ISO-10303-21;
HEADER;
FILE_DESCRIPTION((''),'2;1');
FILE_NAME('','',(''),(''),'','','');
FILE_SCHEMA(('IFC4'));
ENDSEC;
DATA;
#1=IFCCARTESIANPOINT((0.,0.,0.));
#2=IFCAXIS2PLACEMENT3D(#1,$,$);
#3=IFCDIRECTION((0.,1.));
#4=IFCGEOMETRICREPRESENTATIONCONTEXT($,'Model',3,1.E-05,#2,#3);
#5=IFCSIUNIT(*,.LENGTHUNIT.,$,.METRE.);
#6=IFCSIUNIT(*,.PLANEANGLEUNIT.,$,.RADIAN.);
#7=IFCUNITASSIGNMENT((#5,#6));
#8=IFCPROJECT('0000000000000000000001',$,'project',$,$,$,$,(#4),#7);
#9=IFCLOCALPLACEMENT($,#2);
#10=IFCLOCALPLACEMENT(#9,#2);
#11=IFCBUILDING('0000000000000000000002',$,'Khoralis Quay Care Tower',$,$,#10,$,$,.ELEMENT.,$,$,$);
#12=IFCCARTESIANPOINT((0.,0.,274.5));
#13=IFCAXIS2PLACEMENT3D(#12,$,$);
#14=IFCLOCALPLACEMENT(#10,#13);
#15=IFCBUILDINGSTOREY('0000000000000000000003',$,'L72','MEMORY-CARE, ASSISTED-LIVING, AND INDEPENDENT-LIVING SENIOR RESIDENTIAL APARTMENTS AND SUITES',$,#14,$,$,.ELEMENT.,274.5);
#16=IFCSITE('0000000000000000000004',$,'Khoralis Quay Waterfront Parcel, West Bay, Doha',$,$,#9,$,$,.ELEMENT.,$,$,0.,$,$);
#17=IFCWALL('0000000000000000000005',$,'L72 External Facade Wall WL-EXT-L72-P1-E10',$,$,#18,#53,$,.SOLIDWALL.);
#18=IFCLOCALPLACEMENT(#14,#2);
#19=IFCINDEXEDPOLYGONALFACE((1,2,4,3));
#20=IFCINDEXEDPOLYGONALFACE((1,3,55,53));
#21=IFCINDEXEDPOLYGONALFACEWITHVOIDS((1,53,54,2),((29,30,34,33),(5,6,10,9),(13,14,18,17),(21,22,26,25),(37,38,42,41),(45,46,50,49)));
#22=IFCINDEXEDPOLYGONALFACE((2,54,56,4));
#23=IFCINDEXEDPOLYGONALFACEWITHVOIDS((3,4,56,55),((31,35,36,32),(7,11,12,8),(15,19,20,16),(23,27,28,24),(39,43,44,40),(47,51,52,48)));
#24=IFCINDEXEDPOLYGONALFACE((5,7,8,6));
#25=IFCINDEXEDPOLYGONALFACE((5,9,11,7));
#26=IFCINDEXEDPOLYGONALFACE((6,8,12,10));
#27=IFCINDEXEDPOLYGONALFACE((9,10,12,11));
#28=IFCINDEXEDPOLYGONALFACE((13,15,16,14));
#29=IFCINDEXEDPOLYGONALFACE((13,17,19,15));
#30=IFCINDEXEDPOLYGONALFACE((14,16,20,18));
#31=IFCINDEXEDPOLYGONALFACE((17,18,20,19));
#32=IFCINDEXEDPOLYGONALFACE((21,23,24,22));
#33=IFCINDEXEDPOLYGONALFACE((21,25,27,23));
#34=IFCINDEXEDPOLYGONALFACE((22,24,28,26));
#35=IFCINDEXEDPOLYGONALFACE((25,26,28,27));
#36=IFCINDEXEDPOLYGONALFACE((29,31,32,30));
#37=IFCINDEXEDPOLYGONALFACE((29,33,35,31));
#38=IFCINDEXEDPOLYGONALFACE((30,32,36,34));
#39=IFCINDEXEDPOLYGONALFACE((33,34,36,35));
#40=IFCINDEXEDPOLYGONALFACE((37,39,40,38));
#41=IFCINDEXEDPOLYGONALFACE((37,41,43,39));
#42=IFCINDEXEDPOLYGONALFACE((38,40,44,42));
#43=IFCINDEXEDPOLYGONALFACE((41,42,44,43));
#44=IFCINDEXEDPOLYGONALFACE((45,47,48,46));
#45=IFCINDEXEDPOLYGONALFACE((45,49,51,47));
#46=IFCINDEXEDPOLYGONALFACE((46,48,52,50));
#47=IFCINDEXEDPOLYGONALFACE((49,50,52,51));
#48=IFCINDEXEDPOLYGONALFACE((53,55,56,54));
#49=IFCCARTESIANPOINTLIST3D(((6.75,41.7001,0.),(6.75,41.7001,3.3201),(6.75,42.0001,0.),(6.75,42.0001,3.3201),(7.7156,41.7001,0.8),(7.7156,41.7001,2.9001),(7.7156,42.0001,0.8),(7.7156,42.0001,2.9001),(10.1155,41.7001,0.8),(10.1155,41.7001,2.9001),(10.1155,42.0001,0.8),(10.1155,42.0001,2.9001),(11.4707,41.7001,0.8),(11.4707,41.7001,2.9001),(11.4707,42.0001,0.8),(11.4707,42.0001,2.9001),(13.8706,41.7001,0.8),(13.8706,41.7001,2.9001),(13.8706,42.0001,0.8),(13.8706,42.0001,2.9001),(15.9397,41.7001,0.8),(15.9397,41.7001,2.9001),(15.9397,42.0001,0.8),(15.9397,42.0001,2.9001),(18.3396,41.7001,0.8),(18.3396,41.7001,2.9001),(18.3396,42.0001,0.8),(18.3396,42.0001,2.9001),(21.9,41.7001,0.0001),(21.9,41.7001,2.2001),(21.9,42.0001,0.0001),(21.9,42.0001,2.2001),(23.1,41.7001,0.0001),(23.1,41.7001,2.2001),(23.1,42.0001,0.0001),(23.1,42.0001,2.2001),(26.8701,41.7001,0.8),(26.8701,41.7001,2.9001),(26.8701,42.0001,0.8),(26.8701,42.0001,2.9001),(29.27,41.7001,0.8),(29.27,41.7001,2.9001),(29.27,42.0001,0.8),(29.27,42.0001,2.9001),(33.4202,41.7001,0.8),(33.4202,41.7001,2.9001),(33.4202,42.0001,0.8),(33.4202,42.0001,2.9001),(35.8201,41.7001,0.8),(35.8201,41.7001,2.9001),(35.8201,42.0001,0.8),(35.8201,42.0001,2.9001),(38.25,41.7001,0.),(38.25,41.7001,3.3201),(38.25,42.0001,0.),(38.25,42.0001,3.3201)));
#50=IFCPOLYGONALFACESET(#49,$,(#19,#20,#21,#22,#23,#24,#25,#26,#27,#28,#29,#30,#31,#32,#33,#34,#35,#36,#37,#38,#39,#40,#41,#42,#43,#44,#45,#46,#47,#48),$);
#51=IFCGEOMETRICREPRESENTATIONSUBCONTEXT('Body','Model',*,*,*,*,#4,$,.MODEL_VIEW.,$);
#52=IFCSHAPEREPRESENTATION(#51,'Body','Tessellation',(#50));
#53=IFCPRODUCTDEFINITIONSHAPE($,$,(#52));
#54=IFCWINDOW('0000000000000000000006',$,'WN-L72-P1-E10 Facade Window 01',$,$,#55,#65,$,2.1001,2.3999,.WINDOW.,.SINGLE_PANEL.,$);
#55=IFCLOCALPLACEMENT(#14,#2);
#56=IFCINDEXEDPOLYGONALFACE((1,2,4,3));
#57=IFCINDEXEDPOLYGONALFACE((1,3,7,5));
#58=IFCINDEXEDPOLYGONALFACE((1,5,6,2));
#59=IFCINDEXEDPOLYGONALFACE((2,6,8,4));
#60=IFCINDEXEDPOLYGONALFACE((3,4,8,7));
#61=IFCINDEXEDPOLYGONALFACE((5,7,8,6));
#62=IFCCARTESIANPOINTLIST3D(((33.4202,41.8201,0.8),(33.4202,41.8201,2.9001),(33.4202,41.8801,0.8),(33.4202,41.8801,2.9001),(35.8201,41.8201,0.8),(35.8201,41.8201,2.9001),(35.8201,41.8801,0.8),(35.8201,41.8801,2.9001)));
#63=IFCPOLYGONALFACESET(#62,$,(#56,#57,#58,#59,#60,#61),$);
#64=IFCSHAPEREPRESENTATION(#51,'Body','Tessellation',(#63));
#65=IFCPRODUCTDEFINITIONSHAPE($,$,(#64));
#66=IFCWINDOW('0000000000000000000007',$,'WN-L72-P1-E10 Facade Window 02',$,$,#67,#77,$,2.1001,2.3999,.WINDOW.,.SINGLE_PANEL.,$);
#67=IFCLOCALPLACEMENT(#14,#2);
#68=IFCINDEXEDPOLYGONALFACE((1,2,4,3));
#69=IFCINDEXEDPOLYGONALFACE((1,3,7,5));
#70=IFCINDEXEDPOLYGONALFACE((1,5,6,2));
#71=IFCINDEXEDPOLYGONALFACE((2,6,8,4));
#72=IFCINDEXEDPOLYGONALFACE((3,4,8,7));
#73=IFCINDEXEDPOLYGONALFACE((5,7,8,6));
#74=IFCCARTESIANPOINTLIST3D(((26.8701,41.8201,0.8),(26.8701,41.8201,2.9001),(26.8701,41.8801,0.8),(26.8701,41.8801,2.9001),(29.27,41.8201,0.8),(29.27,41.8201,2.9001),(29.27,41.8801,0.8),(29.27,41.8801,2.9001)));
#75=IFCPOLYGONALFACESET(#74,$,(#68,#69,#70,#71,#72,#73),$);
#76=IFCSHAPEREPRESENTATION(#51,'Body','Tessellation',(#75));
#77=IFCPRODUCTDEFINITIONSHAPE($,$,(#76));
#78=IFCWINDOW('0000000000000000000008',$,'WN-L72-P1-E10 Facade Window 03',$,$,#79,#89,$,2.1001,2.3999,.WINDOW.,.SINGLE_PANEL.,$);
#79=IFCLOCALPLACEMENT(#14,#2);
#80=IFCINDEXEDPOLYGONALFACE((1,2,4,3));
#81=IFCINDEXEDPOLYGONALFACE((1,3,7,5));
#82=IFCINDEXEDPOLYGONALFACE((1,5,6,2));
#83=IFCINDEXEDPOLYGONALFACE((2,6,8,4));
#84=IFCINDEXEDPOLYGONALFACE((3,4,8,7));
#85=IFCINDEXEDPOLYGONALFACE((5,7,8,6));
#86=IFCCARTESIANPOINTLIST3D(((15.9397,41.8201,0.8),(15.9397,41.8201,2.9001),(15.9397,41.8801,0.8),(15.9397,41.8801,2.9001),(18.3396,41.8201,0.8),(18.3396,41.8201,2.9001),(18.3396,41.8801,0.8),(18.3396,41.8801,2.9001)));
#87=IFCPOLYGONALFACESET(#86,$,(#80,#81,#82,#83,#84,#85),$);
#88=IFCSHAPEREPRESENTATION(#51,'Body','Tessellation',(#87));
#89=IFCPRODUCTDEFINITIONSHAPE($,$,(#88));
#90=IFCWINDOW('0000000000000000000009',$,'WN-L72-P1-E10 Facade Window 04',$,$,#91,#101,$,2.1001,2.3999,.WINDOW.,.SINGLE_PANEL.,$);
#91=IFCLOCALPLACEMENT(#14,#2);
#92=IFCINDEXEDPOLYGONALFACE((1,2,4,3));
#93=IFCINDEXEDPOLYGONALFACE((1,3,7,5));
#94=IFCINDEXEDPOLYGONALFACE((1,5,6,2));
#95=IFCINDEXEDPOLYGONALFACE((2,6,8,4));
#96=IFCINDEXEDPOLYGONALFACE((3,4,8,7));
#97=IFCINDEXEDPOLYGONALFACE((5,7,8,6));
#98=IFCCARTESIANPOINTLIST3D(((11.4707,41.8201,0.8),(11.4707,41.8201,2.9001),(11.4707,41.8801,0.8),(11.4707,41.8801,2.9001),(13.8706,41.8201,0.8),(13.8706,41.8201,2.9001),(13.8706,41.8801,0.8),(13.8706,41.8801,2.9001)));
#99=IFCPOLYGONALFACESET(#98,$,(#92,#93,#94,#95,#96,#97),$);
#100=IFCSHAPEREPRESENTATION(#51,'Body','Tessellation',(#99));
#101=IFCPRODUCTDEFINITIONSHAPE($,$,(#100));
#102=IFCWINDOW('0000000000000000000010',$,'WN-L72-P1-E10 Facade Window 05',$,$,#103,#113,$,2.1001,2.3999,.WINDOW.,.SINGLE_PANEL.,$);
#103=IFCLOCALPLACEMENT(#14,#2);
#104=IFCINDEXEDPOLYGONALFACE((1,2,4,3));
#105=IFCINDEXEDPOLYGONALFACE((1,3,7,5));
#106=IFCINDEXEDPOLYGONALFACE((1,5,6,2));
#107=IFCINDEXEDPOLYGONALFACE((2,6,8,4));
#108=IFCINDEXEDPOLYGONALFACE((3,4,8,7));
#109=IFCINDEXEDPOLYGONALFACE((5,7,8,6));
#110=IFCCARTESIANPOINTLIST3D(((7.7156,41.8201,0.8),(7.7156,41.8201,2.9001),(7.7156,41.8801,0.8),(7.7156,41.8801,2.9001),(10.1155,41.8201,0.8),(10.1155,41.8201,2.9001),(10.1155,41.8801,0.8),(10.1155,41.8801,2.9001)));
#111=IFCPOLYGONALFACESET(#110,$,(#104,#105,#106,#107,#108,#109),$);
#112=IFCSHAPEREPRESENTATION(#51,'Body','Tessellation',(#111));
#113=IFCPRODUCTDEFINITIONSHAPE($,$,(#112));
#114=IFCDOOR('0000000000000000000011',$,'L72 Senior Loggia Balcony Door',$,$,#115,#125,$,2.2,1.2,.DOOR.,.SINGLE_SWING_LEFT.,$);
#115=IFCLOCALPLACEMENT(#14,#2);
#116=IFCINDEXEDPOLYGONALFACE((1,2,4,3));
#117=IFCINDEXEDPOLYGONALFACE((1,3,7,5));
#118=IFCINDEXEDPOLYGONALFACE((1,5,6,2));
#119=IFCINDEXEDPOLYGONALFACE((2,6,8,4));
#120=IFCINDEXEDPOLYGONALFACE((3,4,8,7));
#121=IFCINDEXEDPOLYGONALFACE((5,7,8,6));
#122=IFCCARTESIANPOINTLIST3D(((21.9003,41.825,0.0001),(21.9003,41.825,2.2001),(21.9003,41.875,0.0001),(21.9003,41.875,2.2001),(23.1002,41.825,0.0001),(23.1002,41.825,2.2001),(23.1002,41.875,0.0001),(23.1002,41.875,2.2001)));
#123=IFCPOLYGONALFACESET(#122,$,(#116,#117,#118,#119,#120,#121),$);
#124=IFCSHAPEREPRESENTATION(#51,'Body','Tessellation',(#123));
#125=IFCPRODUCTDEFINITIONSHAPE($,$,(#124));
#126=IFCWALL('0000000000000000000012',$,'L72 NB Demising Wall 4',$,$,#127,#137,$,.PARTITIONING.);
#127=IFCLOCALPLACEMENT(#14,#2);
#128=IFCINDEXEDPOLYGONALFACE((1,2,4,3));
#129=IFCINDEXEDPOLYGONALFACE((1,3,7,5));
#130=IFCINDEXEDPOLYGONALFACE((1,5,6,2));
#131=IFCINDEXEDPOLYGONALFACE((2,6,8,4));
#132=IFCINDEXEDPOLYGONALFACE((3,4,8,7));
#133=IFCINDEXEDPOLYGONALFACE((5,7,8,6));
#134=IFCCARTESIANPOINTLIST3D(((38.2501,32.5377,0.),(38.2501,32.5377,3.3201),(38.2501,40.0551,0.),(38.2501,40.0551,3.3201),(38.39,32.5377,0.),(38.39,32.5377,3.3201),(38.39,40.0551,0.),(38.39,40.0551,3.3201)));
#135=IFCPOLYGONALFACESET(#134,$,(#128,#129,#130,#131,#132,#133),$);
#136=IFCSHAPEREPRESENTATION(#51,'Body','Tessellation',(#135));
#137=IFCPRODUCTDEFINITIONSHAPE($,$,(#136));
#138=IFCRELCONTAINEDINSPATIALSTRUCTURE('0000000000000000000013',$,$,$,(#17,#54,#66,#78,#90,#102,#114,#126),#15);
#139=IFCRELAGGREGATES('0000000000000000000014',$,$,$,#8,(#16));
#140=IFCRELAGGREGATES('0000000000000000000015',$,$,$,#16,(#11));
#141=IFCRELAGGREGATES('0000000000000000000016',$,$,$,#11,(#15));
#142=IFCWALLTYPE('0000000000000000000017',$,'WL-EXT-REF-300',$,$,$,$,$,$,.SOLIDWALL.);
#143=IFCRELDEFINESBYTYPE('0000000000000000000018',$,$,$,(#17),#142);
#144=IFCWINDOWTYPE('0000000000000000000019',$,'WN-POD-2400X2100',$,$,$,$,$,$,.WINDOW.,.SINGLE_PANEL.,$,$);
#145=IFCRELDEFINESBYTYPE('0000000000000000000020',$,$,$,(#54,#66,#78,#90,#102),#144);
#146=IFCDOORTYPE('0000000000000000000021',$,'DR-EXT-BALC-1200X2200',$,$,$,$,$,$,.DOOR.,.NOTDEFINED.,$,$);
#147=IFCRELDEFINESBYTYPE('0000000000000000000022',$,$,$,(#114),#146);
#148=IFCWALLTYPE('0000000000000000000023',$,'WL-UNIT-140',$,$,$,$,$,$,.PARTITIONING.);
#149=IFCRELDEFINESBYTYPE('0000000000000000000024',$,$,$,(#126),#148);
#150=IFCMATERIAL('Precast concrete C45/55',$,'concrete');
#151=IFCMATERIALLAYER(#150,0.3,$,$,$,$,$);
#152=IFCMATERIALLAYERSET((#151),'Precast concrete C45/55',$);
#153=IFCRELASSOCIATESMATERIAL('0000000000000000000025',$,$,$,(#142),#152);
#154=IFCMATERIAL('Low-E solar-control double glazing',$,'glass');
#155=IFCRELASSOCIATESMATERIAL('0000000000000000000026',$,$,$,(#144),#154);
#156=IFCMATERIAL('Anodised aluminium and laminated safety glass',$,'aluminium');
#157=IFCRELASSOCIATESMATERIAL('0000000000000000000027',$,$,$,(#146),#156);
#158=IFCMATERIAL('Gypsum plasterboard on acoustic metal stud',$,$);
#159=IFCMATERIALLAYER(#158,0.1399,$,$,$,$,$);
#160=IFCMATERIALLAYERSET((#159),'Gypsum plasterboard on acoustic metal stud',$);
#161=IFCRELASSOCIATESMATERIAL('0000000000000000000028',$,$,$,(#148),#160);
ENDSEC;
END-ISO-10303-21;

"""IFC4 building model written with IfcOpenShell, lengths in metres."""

from ifc_helpers import new_model, si_unit, direction, frame, frame_2d, origin, place, context, subcontext, project, spatial, rectangle, extrude, source, transform, mapped, material, layer, layer_set, type_object, element, fill, save


model = new_model("IFC4")

# Units and contexts
model_context = context("Model", 3, precision=1e-05, world=origin(), true_north=direction((0.0, 1.0)))
body_context = subcontext(model_context, "Body", "Model", "MODEL_VIEW")
ifc_project = project(units=[si_unit("LENGTHUNIT", "METRE"), si_unit("PLANEANGLEUNIT", "RADIAN")], contexts=[model_context])

# Site, building, storey
site_placement = place(None, origin())
site = spatial("IfcSite", under=ifc_project, at=site_placement, Name="Khoralis Quay Waterfront Parcel, West Bay, Doha", CompositionType="ELEMENT", RefElevation=0.0)
building_placement = place(site_placement, origin())
building = spatial("IfcBuilding", under=site, at=building_placement, Name="Khoralis Quay Care Tower", CompositionType="ELEMENT")
storey_placement = place(building_placement, frame((0.0, 0.0, 274.5)))
storey = spatial("IfcBuildingStorey", under=building, at=storey_placement, Name="L72", Description="MEMORY-CARE, ASSISTED-LIVING, AND INDEPENDENT-LIVING SENIOR RESIDENTIAL APARTMENTS AND SUITES", CompositionType="ELEMENT", Elevation=274.5)

# Shared definitions
ifc_material_1 = material(Name="Low-E solar-control double glazing", Category="glass")

# Shared definitions
ifc_material_2 = material(Name="Gypsum plasterboard on acoustic metal stud")

# Shared definitions
ifc_material_3 = material(Name="Precast concrete C45/55", Category="concrete")
ifc_layer_1 = layer(ifc_material_3, 0.3)
ifc_layer_set_1 = layer_set([ifc_layer_1], Name="Precast concrete C45/55")
wall_type_1 = type_object("IfcWallType", Name="WL-EXT-REF-300", PredefinedType="SOLIDWALL", material=ifc_layer_set_1)
window_type = type_object("IfcWindowType", Name="WN-POD-2400X2100", PartitioningType="SINGLE_PANEL", PredefinedType="WINDOW", material=ifc_material_1)
shared_shape_1 = source(origin(), body_context, "Body", "SweptSolid", [
    extrude(rectangle(XDim=2.3999, YDim=2.1001, at=frame_2d((1.2, 1.05))), frame((0.0, 0.03, 0.0), z_axis=(0.0, -1.0, 0.0), x_axis=(1.0, 0.0, 0.0)), (0.0, 0.0, 1.0), 0.0601),
])

# Wall, openings, windows, door
wall_1_placement = place(storey_placement, frame((38.25, 41.8501, 0.0), z_axis=(0.0, 0.0, 1.0), x_axis=(-1.0, 0.0, 0.0)))
wall_1 = element("IfcWall", 1, at=wall_1_placement, inside=storey, type_object=wall_type_1, Name="L72 External Facade Wall WL-EXT-L72-P1-E10", PredefinedType="SOLIDWALL", context=body_context, shape_type="SweptSolid", body=[
    extrude(rectangle(XDim=31.5, YDim=0.3, at=frame_2d((15.75, 0.0))), origin(), (0.0, 0.0, 1.0), 3.3201),
])
opening_1_placement = place(wall_1_placement, frame((2.4299, 0.0, 0.8)))
opening_1 = element("IfcOpeningElement", 2, at=opening_1_placement, cuts=wall_1, PredefinedType="OPENING", context=body_context, shape_type="SweptSolid", body=[
    extrude(rectangle(XDim=2.3999, YDim=2.1001, at=frame_2d((1.2, 1.05))), frame((0.0, 0.1602, 0.0), z_axis=(0.0, -1.0, 0.0), x_axis=(1.0, 0.0, 0.0)), (0.0, 0.0, 1.0), 0.3201),
])
opening_2_placement = place(wall_1_placement, frame((8.98, 0.0, 0.8)))
opening_2 = element("IfcOpeningElement", 3, at=opening_2_placement, cuts=wall_1, PredefinedType="OPENING", context=body_context, shape_type="SweptSolid", body=[
    extrude(rectangle(XDim=2.3999, YDim=2.1001, at=frame_2d((1.2, 1.05))), frame((0.0, 0.1602, 0.0), z_axis=(0.0, -1.0, 0.0), x_axis=(1.0, 0.0, 0.0)), (0.0, 0.0, 1.0), 0.3201),
])
opening_3_placement = place(wall_1_placement, frame((19.9104, 0.0, 0.8)))
opening_3 = element("IfcOpeningElement", 4, at=opening_3_placement, cuts=wall_1, PredefinedType="OPENING", context=body_context, shape_type="SweptSolid", body=[
    extrude(rectangle(XDim=2.3999, YDim=2.1001, at=frame_2d((1.2, 1.05))), frame((0.0, 0.1602, 0.0), z_axis=(0.0, -1.0, 0.0), x_axis=(1.0, 0.0, 0.0)), (0.0, 0.0, 1.0), 0.3201),
])
opening_4_placement = place(wall_1_placement, frame((24.3794, 0.0, 0.8)))
opening_4 = element("IfcOpeningElement", 5, at=opening_4_placement, cuts=wall_1, PredefinedType="OPENING", context=body_context, shape_type="SweptSolid", body=[
    extrude(rectangle(XDim=2.3999, YDim=2.1001, at=frame_2d((1.2, 1.05))), frame((0.0, 0.1602, 0.0), z_axis=(0.0, -1.0, 0.0), x_axis=(1.0, 0.0, 0.0)), (0.0, 0.0, 1.0), 0.3201),
])
opening_5_placement = place(wall_1_placement, frame((28.1345, 0.0, 0.8)))
opening_5 = element("IfcOpeningElement", 6, at=opening_5_placement, cuts=wall_1, PredefinedType="OPENING", context=body_context, shape_type="SweptSolid", body=[
    extrude(rectangle(XDim=2.3999, YDim=2.1001, at=frame_2d((1.2, 1.05))), frame((0.0, 0.1602, 0.0), z_axis=(0.0, -1.0, 0.0), x_axis=(1.0, 0.0, 0.0)), (0.0, 0.0, 1.0), 0.3201),
])
opening_6_placement = place(wall_1_placement, frame((15.1499, 0.0, 0.0)))
opening_6 = element("IfcOpeningElement", 7, at=opening_6_placement, cuts=wall_1, PredefinedType="OPENING", context=body_context, shape_type="SweptSolid", body=[
    extrude(rectangle(XDim=1.2, YDim=2.2, at=frame_2d((0.6001, 1.1001))), frame((0.0, 0.1602, 0.0), z_axis=(0.0, -1.0, 0.0), x_axis=(1.0, 0.0, 0.0)), (0.0, 0.0, 1.0), 0.3201),
])
window_1_placement = place(opening_1_placement, origin())
window_1 = element("IfcWindow", 8, at=window_1_placement, inside=storey, type_object=window_type, Name="WN-L72-P1-E10 Facade Window 01", OverallHeight=2.1001, OverallWidth=2.3999, PartitioningType="SINGLE_PANEL", PredefinedType="WINDOW", context=body_context, shape_type="MappedRepresentation", body=[
    mapped(shared_shape_1, transform((0.0, 0.0, 0.0), scale=1.0)),
])
fill(opening_1, window_1)
window_2_placement = place(opening_2_placement, origin())
window_2 = element("IfcWindow", 9, at=window_2_placement, inside=storey, type_object=window_type, Name="WN-L72-P1-E10 Facade Window 02", OverallHeight=2.1001, OverallWidth=2.3999, PartitioningType="SINGLE_PANEL", PredefinedType="WINDOW", context=body_context, shape_type="MappedRepresentation", body=[
    mapped(shared_shape_1, transform((0.0, 0.0, 0.0), scale=1.0)),
])
fill(opening_2, window_2)
window_3_placement = place(opening_3_placement, origin())
window_3 = element("IfcWindow", 10, at=window_3_placement, inside=storey, type_object=window_type, Name="WN-L72-P1-E10 Facade Window 03", OverallHeight=2.1001, OverallWidth=2.3999, PartitioningType="SINGLE_PANEL", PredefinedType="WINDOW", context=body_context, shape_type="MappedRepresentation", body=[
    mapped(shared_shape_1, transform((0.0, 0.0, 0.0), scale=1.0)),
])
fill(opening_3, window_3)
window_4_placement = place(opening_4_placement, origin())
window_4 = element("IfcWindow", 11, at=window_4_placement, inside=storey, type_object=window_type, Name="WN-L72-P1-E10 Facade Window 04", OverallHeight=2.1001, OverallWidth=2.3999, PartitioningType="SINGLE_PANEL", PredefinedType="WINDOW", context=body_context, shape_type="MappedRepresentation", body=[
    mapped(shared_shape_1, transform((0.0, 0.0, 0.0), scale=1.0)),
])
fill(opening_4, window_4)
window_5_placement = place(opening_5_placement, origin())
window_5 = element("IfcWindow", 12, at=window_5_placement, inside=storey, type_object=window_type, Name="WN-L72-P1-E10 Facade Window 05", OverallHeight=2.1001, OverallWidth=2.3999, PartitioningType="SINGLE_PANEL", PredefinedType="WINDOW", context=body_context, shape_type="MappedRepresentation", body=[
    mapped(shared_shape_1, transform((0.0, 0.0, 0.0), scale=1.0)),
])
fill(opening_5, window_5)
ifc_material_4 = material(Name="Anodised aluminium and laminated safety glass", Category="aluminium")
door_type = type_object("IfcDoorType", Name="DR-EXT-BALC-1200X2200", OperationType="NOTDEFINED", PredefinedType="DOOR", material=ifc_material_4)
shared_shape_2 = source(origin(), body_context, "Body", "SweptSolid", [
    extrude(rectangle(XDim=1.2, YDim=2.2, at=frame_2d((0.6001, 1.1001))), frame((0.0, 0.0249, 0.0), z_axis=(0.0, -1.0, 0.0), x_axis=(1.0, 0.0, 0.0)), (0.0, 0.0, 1.0), 0.05),
])
door_placement = place(opening_6_placement, frame((1.2, 0.0, 0.0), z_axis=(0.0, 0.0, 1.0), x_axis=(-1.0, 0.0, 0.0)))
door = element("IfcDoor", 13, at=door_placement, inside=storey, type_object=door_type, Name="L72 Senior Loggia Balcony Door", OperationType="SINGLE_SWING_LEFT", OverallHeight=2.2, OverallWidth=1.2, PredefinedType="DOOR", context=body_context, shape_type="MappedRepresentation", body=[
    mapped(shared_shape_2, transform((0.0, 0.0, 0.0), scale=1.0)),
])
fill(opening_6, door)

# Wall
ifc_layer_2 = layer(ifc_material_2, 0.1399)
ifc_layer_set_2 = layer_set([ifc_layer_2], Name="Gypsum plasterboard on acoustic metal stud")
wall_type_2 = type_object("IfcWallType", Name="WL-UNIT-140", PredefinedType="PARTITIONING", material=ifc_layer_set_2)
wall_2_placement = place(storey_placement, frame((38.3201, 32.5376, 0.0), z_axis=(0.0, 0.0, 1.0), x_axis=(0.0, 1.0, 0.0)))
element("IfcWall", 14, at=wall_2_placement, inside=storey, type_object=wall_type_2, Name="L72 NB Demising Wall 4", PredefinedType="PARTITIONING", context=body_context, shape_type="SweptSolid", body=[
    extrude(rectangle(XDim=7.5173, YDim=0.1399, at=frame_2d((3.7588, 0.0))), origin(), (0.0, 0.0, 1.0), 3.3201),
])

save(model, "model.ifc")
